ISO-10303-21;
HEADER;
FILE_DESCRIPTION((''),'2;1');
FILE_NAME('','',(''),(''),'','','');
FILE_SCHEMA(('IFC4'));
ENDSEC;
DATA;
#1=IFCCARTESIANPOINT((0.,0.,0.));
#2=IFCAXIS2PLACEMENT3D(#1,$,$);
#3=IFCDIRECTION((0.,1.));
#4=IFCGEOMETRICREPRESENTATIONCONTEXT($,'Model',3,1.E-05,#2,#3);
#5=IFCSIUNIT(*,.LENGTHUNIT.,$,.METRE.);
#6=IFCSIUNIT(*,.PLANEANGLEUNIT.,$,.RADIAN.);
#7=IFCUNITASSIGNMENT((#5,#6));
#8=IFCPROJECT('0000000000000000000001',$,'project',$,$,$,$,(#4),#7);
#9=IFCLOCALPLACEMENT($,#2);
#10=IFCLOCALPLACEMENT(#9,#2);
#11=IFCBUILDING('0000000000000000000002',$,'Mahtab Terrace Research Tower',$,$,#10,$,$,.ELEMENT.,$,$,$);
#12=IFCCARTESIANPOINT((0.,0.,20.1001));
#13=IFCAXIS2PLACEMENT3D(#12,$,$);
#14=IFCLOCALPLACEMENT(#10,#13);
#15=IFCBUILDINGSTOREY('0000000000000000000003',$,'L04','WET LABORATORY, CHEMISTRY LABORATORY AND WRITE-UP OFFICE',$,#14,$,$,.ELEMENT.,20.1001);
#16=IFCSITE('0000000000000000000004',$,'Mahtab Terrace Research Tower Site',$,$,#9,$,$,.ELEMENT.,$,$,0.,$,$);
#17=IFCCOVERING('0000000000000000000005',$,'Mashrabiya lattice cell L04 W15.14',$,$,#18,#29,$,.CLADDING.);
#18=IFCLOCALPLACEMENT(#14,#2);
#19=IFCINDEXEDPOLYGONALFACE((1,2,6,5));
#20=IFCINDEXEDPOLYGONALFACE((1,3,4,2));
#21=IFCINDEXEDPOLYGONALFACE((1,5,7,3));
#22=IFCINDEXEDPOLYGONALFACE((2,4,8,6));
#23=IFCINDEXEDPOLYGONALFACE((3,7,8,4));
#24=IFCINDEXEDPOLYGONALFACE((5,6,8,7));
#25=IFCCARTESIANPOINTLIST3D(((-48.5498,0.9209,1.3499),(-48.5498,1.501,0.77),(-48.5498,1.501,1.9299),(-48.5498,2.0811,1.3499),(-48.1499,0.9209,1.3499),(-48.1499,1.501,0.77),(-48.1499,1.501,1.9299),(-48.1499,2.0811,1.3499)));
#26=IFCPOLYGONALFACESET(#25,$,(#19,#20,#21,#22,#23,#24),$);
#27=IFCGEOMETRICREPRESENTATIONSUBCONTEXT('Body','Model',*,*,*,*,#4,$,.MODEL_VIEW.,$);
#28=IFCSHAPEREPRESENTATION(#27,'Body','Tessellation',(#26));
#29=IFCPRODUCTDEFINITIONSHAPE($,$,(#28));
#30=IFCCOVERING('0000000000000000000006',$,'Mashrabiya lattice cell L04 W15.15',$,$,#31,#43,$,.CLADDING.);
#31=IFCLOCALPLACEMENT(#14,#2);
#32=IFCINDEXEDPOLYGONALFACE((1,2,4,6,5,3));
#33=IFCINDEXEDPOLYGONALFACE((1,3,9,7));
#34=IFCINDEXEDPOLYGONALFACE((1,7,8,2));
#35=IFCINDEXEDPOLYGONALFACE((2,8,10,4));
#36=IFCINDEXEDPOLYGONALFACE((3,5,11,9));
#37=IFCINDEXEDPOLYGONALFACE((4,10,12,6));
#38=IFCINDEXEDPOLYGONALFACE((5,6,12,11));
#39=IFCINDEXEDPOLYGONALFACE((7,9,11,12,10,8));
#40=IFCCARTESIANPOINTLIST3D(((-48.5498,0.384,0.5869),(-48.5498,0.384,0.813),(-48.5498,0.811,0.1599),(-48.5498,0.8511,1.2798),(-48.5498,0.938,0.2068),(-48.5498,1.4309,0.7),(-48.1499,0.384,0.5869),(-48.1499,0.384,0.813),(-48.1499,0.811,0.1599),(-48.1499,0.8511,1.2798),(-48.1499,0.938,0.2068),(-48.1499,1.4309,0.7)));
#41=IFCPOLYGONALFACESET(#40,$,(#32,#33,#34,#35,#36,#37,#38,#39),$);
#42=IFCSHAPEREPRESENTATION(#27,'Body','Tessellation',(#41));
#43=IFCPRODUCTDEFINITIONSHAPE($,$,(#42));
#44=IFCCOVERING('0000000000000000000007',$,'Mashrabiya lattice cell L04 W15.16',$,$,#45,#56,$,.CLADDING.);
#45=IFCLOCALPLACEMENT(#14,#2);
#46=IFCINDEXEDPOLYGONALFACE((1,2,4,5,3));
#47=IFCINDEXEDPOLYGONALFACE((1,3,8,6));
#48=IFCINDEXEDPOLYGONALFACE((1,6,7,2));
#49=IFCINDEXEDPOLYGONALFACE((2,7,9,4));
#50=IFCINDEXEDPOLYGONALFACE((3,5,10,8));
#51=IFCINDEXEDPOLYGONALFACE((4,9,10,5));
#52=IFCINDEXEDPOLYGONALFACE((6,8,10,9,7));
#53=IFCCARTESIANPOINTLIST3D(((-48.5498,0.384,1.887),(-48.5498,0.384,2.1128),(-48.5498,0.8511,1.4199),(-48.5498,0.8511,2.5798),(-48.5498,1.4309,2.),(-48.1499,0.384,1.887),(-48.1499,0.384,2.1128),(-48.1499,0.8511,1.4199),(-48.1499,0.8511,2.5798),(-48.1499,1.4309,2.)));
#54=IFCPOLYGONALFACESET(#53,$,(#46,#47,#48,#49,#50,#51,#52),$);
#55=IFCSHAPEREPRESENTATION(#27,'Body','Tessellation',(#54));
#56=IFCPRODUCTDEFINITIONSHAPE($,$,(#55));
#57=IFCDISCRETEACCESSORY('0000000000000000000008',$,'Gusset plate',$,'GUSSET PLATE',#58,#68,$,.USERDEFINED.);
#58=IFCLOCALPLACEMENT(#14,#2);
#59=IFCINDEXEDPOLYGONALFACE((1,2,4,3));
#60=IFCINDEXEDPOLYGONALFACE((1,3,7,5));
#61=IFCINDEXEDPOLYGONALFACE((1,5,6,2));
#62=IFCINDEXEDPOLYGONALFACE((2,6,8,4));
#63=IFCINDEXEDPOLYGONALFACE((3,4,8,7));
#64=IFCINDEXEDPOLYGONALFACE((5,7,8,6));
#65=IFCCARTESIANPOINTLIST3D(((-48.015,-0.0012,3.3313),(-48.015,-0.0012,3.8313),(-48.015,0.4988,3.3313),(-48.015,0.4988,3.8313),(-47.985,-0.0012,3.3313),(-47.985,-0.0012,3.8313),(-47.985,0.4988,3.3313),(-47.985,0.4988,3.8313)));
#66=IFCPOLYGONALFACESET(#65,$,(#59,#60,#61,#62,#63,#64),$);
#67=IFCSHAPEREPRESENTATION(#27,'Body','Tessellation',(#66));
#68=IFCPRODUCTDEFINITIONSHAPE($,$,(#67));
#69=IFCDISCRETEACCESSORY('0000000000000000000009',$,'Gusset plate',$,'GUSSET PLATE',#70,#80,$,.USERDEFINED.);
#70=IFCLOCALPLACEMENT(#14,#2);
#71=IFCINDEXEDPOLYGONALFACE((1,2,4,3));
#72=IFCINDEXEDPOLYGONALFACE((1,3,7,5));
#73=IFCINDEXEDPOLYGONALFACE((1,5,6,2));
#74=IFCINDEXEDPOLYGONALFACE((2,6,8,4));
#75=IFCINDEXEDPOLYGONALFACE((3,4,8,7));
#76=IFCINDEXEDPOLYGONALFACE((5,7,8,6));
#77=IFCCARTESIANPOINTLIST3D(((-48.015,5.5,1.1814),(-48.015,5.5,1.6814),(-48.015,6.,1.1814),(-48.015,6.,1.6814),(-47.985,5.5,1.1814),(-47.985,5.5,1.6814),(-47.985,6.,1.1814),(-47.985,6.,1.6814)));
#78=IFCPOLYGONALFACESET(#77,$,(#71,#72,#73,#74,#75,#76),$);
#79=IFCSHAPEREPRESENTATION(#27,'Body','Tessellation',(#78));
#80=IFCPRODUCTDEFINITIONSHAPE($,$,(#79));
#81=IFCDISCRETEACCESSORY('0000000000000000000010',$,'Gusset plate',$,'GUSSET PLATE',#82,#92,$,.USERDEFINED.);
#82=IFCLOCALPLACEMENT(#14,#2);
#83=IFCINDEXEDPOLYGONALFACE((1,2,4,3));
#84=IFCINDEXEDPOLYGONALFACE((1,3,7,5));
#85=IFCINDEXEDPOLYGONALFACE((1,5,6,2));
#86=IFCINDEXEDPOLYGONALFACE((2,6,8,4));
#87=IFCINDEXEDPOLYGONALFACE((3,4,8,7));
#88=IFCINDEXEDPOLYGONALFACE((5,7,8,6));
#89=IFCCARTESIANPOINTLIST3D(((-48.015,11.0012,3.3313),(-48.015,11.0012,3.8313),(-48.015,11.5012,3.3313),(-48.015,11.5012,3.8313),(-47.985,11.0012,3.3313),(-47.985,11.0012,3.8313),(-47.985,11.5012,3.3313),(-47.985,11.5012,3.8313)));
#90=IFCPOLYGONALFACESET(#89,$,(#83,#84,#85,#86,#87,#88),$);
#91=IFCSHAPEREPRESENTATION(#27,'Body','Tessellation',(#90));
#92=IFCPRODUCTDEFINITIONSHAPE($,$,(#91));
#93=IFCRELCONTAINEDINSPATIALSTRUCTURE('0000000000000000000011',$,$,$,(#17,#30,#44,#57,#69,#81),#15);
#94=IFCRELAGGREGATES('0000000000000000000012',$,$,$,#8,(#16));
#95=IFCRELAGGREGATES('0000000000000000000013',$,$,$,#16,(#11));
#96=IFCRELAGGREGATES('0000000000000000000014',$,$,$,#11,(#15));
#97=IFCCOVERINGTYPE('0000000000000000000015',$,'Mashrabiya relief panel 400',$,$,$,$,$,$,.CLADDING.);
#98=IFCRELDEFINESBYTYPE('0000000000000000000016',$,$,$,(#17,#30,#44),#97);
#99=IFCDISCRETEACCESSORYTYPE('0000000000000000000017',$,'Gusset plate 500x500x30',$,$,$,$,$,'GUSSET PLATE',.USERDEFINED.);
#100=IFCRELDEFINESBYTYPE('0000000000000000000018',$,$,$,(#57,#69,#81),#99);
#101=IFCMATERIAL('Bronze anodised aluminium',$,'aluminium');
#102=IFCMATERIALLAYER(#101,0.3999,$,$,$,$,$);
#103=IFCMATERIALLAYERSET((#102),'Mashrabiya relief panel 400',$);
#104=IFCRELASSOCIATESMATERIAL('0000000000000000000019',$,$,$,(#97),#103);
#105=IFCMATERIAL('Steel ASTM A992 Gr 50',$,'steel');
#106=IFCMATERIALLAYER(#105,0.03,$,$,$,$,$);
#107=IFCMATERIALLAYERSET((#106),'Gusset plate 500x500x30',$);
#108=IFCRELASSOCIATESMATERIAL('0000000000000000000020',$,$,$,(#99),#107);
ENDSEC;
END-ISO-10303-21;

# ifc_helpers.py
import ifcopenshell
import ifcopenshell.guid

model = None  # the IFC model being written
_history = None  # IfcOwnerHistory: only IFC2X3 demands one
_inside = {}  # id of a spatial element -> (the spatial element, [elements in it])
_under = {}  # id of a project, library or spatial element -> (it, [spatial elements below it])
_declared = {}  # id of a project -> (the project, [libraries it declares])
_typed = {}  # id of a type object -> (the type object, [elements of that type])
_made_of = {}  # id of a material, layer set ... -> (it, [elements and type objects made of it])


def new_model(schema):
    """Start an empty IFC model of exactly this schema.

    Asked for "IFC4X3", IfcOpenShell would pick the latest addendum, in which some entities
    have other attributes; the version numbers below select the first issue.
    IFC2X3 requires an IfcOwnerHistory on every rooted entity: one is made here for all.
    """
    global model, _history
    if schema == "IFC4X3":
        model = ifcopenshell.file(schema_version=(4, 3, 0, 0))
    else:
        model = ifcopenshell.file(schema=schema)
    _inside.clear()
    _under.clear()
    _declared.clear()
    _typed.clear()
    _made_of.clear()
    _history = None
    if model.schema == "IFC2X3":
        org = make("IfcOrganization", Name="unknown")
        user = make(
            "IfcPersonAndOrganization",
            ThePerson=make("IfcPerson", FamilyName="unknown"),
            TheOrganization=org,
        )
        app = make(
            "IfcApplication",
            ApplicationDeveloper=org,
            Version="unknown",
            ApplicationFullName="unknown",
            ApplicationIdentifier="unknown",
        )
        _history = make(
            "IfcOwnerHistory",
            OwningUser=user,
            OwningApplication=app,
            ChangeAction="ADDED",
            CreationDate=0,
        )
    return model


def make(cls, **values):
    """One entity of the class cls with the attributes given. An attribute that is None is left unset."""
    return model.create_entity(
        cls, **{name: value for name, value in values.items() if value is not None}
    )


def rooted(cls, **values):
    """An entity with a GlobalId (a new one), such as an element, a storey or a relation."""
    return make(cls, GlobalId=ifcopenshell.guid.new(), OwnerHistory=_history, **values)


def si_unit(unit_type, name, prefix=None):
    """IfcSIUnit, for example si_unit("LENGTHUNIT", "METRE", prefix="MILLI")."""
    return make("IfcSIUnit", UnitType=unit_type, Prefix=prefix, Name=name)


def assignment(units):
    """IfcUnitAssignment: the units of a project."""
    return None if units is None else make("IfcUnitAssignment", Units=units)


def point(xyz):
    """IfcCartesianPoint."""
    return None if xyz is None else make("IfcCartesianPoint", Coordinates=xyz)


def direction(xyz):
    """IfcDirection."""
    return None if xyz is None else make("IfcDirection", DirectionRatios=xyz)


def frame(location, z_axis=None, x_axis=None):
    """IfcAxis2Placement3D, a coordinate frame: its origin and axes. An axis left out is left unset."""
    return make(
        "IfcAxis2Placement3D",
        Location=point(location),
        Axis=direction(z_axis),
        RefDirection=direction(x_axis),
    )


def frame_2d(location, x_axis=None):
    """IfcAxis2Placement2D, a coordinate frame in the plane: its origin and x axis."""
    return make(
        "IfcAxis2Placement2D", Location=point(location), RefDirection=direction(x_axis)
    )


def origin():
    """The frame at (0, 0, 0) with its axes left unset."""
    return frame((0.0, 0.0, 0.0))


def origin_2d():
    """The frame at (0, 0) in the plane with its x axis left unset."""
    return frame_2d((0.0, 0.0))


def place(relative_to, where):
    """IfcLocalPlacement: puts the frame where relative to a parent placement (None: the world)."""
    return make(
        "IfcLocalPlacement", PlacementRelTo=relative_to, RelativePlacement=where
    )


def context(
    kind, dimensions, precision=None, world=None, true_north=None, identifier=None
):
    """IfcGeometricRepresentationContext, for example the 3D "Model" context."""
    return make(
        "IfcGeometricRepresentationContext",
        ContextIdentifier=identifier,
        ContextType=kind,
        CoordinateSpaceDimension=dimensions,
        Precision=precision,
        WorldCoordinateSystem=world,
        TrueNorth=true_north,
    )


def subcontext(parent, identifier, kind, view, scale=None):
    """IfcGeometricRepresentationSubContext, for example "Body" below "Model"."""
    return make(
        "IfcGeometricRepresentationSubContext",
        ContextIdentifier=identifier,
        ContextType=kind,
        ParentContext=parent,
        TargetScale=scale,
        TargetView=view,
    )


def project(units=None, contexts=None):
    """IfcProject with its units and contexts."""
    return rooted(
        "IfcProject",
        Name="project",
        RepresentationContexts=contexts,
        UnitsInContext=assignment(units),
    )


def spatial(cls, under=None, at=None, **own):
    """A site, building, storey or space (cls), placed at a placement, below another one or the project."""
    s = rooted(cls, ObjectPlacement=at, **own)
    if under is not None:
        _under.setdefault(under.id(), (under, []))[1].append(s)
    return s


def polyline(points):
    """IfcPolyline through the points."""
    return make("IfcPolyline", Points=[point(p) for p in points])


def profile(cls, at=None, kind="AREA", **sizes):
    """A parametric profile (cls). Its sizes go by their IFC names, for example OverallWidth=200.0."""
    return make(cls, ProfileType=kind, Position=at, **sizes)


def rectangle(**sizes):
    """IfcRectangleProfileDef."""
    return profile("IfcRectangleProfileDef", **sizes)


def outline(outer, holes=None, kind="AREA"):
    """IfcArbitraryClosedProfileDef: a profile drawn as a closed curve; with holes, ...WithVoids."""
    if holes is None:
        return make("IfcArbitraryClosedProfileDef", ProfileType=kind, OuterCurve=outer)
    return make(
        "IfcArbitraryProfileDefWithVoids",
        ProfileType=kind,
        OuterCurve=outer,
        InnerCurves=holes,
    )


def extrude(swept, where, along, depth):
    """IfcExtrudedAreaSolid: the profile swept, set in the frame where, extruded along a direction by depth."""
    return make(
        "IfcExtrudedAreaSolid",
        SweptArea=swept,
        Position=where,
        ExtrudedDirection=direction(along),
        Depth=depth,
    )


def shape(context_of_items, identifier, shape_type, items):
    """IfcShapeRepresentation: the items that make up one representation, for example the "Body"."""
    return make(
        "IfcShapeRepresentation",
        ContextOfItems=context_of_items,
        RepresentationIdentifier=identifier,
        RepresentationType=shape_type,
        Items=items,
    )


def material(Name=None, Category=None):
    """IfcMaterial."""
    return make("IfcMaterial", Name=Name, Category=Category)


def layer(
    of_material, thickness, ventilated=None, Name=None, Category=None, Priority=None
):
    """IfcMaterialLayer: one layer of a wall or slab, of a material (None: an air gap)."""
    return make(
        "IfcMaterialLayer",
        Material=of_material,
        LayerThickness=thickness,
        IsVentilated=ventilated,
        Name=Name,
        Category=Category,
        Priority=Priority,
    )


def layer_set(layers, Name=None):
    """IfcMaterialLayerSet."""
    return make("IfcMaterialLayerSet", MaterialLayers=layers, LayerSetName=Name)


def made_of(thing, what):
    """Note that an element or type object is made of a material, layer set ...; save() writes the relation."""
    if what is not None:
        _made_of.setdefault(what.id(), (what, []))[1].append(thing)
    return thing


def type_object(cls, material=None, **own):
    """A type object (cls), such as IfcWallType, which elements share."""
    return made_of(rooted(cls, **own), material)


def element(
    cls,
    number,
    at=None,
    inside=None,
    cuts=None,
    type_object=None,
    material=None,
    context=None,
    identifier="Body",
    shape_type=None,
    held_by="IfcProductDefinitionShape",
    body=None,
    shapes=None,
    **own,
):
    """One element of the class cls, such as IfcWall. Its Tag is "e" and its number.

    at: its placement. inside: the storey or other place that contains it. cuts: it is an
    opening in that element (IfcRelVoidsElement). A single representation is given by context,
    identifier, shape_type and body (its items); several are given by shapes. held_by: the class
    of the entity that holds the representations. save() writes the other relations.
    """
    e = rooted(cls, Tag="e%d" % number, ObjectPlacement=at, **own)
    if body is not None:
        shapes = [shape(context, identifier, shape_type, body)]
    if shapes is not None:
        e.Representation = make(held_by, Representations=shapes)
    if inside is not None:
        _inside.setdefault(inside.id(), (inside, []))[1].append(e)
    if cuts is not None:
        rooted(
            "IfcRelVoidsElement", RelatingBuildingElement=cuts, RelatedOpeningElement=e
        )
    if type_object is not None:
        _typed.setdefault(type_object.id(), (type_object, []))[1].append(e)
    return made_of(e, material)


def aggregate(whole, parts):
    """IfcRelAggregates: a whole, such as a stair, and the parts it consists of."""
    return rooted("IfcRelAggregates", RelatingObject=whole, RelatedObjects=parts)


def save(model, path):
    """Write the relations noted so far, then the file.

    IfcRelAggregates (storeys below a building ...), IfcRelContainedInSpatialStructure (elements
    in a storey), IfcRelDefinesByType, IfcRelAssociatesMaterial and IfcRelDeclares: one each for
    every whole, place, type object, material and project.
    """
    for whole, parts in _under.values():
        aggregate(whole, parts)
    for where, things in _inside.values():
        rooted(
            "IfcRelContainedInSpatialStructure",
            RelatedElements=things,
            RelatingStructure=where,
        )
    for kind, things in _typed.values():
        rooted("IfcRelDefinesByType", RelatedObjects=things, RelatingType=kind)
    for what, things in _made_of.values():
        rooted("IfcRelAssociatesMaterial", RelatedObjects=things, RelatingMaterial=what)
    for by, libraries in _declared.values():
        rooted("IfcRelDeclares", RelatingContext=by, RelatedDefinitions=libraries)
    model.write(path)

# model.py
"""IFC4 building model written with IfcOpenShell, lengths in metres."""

from ifc_helpers import new_model, si_unit, direction, frame, origin, origin_2d, place, context, subcontext, project, spatial, polyline, rectangle, outline, extrude, material, layer, layer_set, type_object, element, save


model = new_model("IFC4")

# Units and contexts
model_context = context("Model", 3, precision=1e-05, world=origin(), true_north=direction((0.0, 1.0)))
body_context = subcontext(model_context, "Body", "Model", "MODEL_VIEW")
ifc_project = project(units=[si_unit("LENGTHUNIT", "METRE"), si_unit("PLANEANGLEUNIT", "RADIAN")], contexts=[model_context])

# Site, building, storey
site_placement = place(None, origin())
site = spatial("IfcSite", under=ifc_project, at=site_placement, Name="Mahtab Terrace Research Tower Site", CompositionType="ELEMENT", RefElevation=0.0)
building_placement = place(site_placement, origin())
building = spatial("IfcBuilding", under=site, at=building_placement, Name="Mahtab Terrace Research Tower", CompositionType="ELEMENT")
storey_placement = place(building_placement, frame((0.0, 0.0, 20.1001)))
storey = spatial("IfcBuildingStorey", under=building, at=storey_placement, Name="L04", Description="WET LABORATORY, CHEMISTRY LABORATORY AND WRITE-UP OFFICE", CompositionType="ELEMENT", Elevation=20.1001)

# Shared definitions
ifc_material_1 = material(Name="Steel ASTM A992 Gr 50", Category="steel")

# Coverings
ifc_material_2 = material(Name="Bronze anodised aluminium", Category="aluminium")
ifc_layer_1 = layer(ifc_material_2, 0.3999)
ifc_layer_set_1 = layer_set([ifc_layer_1], Name="Mashrabiya relief panel 400")
covering_type = type_object("IfcCoveringType", Name="Mashrabiya relief panel 400", PredefinedType="CLADDING", material=ifc_layer_set_1)
covering_1_placement = place(storey_placement, frame((-48.1499, 1.501, 1.9299), z_axis=(1.0, 0.0, 0.0), x_axis=(0.0, -0.707107, -0.707107)))
element("IfcCovering", 1, at=covering_1_placement, inside=storey, type_object=covering_type, Name="Mashrabiya lattice cell L04 W15.14", PredefinedType="CLADDING", context=body_context, shape_type="SweptSolid", body=[
    extrude(outline(polyline([(0.0, 0.0), (0.8204, 0.0), (0.8202, 0.8202), (0.0, 0.8204), (0.0, 0.0)])), origin(), (0.0, 0.0, -1.0), 0.3999),
])
covering_2_placement = place(storey_placement, frame((-48.1499, 1.4309, 0.7), z_axis=(1.0, 0.0, 0.0), x_axis=(0.0, -0.707107, 0.707107)))
element("IfcCovering", 2, at=covering_2_placement, inside=storey, type_object=covering_type, Name="Mashrabiya lattice cell L04 W15.15", PredefinedType="CLADDING", context=body_context, shape_type="SweptSolid", body=[
    extrude(outline(polyline([(0.0, 0.0), (0.82, 0.0), (0.8202, 0.6603), (0.6603, 0.8202), (0.0565, 0.8202), (-0.0002, 0.6973), (0.0, 0.0)])), origin(), (0.0, 0.0, -1.0), 0.3999),
])
covering_3_placement = place(storey_placement, frame((-48.1499, 0.8511, 1.4199), z_axis=(1.0, 0.0, 0.0), x_axis=(0.0, 0.706958, 0.707256)))
element("IfcCovering", 3, at=covering_3_placement, inside=storey, type_object=covering_type, Name="Mashrabiya lattice cell L04 W15.16", PredefinedType="CLADDING", context=body_context, shape_type="SweptSolid", body=[
    extrude(outline(polyline([(0.0, 0.0), (0.8202, 0.0), (0.8204, 0.82), (0.1599, 0.8201), (0.0001, 0.6605), (0.0, 0.0)])), origin(), (0.0, 0.0, -1.0), 0.3999),
])

# Discrete accessories
ifc_layer_2 = layer(ifc_material_1, 0.03)
ifc_layer_set_2 = layer_set([ifc_layer_2], Name="Gusset plate 500x500x30")
discrete_accessory_type = type_object("IfcDiscreteAccessoryType", Name="Gusset plate 500x500x30", ElementType="GUSSET PLATE", PredefinedType="USERDEFINED", material=ifc_layer_set_2)
for number, where, z_axis, x_axis, name in (
    (4, (-48.0, 0.2488, 3.3313), (0.0, 0.0, 1.0), (0.0, 1.0, 0.0), "Gusset plate"),
    (5, (-48.0, 5.75, 1.1814), (0.0, 0.0, 1.0), (0.0, 1.0, 0.0), "Gusset plate"),
    (6, (-48.0, 11.2512, 3.3313), (0.0, 0.0, 1.0), (0.0, 1.0, 0.0), "Gusset plate"),
):
    element("IfcDiscreteAccessory", number, at=place(storey_placement, frame(where, z_axis=z_axis, x_axis=x_axis)), inside=storey, type_object=discrete_accessory_type, Name=name, ObjectType="GUSSET PLATE", PredefinedType="USERDEFINED", context=body_context, shape_type="SweptSolid", body=[
        extrude(rectangle(XDim=0.5, YDim=0.03, at=origin_2d()), origin(), (0.0, 0.0, 1.0), 0.5),
    ])

save(model, "model.ifc")
